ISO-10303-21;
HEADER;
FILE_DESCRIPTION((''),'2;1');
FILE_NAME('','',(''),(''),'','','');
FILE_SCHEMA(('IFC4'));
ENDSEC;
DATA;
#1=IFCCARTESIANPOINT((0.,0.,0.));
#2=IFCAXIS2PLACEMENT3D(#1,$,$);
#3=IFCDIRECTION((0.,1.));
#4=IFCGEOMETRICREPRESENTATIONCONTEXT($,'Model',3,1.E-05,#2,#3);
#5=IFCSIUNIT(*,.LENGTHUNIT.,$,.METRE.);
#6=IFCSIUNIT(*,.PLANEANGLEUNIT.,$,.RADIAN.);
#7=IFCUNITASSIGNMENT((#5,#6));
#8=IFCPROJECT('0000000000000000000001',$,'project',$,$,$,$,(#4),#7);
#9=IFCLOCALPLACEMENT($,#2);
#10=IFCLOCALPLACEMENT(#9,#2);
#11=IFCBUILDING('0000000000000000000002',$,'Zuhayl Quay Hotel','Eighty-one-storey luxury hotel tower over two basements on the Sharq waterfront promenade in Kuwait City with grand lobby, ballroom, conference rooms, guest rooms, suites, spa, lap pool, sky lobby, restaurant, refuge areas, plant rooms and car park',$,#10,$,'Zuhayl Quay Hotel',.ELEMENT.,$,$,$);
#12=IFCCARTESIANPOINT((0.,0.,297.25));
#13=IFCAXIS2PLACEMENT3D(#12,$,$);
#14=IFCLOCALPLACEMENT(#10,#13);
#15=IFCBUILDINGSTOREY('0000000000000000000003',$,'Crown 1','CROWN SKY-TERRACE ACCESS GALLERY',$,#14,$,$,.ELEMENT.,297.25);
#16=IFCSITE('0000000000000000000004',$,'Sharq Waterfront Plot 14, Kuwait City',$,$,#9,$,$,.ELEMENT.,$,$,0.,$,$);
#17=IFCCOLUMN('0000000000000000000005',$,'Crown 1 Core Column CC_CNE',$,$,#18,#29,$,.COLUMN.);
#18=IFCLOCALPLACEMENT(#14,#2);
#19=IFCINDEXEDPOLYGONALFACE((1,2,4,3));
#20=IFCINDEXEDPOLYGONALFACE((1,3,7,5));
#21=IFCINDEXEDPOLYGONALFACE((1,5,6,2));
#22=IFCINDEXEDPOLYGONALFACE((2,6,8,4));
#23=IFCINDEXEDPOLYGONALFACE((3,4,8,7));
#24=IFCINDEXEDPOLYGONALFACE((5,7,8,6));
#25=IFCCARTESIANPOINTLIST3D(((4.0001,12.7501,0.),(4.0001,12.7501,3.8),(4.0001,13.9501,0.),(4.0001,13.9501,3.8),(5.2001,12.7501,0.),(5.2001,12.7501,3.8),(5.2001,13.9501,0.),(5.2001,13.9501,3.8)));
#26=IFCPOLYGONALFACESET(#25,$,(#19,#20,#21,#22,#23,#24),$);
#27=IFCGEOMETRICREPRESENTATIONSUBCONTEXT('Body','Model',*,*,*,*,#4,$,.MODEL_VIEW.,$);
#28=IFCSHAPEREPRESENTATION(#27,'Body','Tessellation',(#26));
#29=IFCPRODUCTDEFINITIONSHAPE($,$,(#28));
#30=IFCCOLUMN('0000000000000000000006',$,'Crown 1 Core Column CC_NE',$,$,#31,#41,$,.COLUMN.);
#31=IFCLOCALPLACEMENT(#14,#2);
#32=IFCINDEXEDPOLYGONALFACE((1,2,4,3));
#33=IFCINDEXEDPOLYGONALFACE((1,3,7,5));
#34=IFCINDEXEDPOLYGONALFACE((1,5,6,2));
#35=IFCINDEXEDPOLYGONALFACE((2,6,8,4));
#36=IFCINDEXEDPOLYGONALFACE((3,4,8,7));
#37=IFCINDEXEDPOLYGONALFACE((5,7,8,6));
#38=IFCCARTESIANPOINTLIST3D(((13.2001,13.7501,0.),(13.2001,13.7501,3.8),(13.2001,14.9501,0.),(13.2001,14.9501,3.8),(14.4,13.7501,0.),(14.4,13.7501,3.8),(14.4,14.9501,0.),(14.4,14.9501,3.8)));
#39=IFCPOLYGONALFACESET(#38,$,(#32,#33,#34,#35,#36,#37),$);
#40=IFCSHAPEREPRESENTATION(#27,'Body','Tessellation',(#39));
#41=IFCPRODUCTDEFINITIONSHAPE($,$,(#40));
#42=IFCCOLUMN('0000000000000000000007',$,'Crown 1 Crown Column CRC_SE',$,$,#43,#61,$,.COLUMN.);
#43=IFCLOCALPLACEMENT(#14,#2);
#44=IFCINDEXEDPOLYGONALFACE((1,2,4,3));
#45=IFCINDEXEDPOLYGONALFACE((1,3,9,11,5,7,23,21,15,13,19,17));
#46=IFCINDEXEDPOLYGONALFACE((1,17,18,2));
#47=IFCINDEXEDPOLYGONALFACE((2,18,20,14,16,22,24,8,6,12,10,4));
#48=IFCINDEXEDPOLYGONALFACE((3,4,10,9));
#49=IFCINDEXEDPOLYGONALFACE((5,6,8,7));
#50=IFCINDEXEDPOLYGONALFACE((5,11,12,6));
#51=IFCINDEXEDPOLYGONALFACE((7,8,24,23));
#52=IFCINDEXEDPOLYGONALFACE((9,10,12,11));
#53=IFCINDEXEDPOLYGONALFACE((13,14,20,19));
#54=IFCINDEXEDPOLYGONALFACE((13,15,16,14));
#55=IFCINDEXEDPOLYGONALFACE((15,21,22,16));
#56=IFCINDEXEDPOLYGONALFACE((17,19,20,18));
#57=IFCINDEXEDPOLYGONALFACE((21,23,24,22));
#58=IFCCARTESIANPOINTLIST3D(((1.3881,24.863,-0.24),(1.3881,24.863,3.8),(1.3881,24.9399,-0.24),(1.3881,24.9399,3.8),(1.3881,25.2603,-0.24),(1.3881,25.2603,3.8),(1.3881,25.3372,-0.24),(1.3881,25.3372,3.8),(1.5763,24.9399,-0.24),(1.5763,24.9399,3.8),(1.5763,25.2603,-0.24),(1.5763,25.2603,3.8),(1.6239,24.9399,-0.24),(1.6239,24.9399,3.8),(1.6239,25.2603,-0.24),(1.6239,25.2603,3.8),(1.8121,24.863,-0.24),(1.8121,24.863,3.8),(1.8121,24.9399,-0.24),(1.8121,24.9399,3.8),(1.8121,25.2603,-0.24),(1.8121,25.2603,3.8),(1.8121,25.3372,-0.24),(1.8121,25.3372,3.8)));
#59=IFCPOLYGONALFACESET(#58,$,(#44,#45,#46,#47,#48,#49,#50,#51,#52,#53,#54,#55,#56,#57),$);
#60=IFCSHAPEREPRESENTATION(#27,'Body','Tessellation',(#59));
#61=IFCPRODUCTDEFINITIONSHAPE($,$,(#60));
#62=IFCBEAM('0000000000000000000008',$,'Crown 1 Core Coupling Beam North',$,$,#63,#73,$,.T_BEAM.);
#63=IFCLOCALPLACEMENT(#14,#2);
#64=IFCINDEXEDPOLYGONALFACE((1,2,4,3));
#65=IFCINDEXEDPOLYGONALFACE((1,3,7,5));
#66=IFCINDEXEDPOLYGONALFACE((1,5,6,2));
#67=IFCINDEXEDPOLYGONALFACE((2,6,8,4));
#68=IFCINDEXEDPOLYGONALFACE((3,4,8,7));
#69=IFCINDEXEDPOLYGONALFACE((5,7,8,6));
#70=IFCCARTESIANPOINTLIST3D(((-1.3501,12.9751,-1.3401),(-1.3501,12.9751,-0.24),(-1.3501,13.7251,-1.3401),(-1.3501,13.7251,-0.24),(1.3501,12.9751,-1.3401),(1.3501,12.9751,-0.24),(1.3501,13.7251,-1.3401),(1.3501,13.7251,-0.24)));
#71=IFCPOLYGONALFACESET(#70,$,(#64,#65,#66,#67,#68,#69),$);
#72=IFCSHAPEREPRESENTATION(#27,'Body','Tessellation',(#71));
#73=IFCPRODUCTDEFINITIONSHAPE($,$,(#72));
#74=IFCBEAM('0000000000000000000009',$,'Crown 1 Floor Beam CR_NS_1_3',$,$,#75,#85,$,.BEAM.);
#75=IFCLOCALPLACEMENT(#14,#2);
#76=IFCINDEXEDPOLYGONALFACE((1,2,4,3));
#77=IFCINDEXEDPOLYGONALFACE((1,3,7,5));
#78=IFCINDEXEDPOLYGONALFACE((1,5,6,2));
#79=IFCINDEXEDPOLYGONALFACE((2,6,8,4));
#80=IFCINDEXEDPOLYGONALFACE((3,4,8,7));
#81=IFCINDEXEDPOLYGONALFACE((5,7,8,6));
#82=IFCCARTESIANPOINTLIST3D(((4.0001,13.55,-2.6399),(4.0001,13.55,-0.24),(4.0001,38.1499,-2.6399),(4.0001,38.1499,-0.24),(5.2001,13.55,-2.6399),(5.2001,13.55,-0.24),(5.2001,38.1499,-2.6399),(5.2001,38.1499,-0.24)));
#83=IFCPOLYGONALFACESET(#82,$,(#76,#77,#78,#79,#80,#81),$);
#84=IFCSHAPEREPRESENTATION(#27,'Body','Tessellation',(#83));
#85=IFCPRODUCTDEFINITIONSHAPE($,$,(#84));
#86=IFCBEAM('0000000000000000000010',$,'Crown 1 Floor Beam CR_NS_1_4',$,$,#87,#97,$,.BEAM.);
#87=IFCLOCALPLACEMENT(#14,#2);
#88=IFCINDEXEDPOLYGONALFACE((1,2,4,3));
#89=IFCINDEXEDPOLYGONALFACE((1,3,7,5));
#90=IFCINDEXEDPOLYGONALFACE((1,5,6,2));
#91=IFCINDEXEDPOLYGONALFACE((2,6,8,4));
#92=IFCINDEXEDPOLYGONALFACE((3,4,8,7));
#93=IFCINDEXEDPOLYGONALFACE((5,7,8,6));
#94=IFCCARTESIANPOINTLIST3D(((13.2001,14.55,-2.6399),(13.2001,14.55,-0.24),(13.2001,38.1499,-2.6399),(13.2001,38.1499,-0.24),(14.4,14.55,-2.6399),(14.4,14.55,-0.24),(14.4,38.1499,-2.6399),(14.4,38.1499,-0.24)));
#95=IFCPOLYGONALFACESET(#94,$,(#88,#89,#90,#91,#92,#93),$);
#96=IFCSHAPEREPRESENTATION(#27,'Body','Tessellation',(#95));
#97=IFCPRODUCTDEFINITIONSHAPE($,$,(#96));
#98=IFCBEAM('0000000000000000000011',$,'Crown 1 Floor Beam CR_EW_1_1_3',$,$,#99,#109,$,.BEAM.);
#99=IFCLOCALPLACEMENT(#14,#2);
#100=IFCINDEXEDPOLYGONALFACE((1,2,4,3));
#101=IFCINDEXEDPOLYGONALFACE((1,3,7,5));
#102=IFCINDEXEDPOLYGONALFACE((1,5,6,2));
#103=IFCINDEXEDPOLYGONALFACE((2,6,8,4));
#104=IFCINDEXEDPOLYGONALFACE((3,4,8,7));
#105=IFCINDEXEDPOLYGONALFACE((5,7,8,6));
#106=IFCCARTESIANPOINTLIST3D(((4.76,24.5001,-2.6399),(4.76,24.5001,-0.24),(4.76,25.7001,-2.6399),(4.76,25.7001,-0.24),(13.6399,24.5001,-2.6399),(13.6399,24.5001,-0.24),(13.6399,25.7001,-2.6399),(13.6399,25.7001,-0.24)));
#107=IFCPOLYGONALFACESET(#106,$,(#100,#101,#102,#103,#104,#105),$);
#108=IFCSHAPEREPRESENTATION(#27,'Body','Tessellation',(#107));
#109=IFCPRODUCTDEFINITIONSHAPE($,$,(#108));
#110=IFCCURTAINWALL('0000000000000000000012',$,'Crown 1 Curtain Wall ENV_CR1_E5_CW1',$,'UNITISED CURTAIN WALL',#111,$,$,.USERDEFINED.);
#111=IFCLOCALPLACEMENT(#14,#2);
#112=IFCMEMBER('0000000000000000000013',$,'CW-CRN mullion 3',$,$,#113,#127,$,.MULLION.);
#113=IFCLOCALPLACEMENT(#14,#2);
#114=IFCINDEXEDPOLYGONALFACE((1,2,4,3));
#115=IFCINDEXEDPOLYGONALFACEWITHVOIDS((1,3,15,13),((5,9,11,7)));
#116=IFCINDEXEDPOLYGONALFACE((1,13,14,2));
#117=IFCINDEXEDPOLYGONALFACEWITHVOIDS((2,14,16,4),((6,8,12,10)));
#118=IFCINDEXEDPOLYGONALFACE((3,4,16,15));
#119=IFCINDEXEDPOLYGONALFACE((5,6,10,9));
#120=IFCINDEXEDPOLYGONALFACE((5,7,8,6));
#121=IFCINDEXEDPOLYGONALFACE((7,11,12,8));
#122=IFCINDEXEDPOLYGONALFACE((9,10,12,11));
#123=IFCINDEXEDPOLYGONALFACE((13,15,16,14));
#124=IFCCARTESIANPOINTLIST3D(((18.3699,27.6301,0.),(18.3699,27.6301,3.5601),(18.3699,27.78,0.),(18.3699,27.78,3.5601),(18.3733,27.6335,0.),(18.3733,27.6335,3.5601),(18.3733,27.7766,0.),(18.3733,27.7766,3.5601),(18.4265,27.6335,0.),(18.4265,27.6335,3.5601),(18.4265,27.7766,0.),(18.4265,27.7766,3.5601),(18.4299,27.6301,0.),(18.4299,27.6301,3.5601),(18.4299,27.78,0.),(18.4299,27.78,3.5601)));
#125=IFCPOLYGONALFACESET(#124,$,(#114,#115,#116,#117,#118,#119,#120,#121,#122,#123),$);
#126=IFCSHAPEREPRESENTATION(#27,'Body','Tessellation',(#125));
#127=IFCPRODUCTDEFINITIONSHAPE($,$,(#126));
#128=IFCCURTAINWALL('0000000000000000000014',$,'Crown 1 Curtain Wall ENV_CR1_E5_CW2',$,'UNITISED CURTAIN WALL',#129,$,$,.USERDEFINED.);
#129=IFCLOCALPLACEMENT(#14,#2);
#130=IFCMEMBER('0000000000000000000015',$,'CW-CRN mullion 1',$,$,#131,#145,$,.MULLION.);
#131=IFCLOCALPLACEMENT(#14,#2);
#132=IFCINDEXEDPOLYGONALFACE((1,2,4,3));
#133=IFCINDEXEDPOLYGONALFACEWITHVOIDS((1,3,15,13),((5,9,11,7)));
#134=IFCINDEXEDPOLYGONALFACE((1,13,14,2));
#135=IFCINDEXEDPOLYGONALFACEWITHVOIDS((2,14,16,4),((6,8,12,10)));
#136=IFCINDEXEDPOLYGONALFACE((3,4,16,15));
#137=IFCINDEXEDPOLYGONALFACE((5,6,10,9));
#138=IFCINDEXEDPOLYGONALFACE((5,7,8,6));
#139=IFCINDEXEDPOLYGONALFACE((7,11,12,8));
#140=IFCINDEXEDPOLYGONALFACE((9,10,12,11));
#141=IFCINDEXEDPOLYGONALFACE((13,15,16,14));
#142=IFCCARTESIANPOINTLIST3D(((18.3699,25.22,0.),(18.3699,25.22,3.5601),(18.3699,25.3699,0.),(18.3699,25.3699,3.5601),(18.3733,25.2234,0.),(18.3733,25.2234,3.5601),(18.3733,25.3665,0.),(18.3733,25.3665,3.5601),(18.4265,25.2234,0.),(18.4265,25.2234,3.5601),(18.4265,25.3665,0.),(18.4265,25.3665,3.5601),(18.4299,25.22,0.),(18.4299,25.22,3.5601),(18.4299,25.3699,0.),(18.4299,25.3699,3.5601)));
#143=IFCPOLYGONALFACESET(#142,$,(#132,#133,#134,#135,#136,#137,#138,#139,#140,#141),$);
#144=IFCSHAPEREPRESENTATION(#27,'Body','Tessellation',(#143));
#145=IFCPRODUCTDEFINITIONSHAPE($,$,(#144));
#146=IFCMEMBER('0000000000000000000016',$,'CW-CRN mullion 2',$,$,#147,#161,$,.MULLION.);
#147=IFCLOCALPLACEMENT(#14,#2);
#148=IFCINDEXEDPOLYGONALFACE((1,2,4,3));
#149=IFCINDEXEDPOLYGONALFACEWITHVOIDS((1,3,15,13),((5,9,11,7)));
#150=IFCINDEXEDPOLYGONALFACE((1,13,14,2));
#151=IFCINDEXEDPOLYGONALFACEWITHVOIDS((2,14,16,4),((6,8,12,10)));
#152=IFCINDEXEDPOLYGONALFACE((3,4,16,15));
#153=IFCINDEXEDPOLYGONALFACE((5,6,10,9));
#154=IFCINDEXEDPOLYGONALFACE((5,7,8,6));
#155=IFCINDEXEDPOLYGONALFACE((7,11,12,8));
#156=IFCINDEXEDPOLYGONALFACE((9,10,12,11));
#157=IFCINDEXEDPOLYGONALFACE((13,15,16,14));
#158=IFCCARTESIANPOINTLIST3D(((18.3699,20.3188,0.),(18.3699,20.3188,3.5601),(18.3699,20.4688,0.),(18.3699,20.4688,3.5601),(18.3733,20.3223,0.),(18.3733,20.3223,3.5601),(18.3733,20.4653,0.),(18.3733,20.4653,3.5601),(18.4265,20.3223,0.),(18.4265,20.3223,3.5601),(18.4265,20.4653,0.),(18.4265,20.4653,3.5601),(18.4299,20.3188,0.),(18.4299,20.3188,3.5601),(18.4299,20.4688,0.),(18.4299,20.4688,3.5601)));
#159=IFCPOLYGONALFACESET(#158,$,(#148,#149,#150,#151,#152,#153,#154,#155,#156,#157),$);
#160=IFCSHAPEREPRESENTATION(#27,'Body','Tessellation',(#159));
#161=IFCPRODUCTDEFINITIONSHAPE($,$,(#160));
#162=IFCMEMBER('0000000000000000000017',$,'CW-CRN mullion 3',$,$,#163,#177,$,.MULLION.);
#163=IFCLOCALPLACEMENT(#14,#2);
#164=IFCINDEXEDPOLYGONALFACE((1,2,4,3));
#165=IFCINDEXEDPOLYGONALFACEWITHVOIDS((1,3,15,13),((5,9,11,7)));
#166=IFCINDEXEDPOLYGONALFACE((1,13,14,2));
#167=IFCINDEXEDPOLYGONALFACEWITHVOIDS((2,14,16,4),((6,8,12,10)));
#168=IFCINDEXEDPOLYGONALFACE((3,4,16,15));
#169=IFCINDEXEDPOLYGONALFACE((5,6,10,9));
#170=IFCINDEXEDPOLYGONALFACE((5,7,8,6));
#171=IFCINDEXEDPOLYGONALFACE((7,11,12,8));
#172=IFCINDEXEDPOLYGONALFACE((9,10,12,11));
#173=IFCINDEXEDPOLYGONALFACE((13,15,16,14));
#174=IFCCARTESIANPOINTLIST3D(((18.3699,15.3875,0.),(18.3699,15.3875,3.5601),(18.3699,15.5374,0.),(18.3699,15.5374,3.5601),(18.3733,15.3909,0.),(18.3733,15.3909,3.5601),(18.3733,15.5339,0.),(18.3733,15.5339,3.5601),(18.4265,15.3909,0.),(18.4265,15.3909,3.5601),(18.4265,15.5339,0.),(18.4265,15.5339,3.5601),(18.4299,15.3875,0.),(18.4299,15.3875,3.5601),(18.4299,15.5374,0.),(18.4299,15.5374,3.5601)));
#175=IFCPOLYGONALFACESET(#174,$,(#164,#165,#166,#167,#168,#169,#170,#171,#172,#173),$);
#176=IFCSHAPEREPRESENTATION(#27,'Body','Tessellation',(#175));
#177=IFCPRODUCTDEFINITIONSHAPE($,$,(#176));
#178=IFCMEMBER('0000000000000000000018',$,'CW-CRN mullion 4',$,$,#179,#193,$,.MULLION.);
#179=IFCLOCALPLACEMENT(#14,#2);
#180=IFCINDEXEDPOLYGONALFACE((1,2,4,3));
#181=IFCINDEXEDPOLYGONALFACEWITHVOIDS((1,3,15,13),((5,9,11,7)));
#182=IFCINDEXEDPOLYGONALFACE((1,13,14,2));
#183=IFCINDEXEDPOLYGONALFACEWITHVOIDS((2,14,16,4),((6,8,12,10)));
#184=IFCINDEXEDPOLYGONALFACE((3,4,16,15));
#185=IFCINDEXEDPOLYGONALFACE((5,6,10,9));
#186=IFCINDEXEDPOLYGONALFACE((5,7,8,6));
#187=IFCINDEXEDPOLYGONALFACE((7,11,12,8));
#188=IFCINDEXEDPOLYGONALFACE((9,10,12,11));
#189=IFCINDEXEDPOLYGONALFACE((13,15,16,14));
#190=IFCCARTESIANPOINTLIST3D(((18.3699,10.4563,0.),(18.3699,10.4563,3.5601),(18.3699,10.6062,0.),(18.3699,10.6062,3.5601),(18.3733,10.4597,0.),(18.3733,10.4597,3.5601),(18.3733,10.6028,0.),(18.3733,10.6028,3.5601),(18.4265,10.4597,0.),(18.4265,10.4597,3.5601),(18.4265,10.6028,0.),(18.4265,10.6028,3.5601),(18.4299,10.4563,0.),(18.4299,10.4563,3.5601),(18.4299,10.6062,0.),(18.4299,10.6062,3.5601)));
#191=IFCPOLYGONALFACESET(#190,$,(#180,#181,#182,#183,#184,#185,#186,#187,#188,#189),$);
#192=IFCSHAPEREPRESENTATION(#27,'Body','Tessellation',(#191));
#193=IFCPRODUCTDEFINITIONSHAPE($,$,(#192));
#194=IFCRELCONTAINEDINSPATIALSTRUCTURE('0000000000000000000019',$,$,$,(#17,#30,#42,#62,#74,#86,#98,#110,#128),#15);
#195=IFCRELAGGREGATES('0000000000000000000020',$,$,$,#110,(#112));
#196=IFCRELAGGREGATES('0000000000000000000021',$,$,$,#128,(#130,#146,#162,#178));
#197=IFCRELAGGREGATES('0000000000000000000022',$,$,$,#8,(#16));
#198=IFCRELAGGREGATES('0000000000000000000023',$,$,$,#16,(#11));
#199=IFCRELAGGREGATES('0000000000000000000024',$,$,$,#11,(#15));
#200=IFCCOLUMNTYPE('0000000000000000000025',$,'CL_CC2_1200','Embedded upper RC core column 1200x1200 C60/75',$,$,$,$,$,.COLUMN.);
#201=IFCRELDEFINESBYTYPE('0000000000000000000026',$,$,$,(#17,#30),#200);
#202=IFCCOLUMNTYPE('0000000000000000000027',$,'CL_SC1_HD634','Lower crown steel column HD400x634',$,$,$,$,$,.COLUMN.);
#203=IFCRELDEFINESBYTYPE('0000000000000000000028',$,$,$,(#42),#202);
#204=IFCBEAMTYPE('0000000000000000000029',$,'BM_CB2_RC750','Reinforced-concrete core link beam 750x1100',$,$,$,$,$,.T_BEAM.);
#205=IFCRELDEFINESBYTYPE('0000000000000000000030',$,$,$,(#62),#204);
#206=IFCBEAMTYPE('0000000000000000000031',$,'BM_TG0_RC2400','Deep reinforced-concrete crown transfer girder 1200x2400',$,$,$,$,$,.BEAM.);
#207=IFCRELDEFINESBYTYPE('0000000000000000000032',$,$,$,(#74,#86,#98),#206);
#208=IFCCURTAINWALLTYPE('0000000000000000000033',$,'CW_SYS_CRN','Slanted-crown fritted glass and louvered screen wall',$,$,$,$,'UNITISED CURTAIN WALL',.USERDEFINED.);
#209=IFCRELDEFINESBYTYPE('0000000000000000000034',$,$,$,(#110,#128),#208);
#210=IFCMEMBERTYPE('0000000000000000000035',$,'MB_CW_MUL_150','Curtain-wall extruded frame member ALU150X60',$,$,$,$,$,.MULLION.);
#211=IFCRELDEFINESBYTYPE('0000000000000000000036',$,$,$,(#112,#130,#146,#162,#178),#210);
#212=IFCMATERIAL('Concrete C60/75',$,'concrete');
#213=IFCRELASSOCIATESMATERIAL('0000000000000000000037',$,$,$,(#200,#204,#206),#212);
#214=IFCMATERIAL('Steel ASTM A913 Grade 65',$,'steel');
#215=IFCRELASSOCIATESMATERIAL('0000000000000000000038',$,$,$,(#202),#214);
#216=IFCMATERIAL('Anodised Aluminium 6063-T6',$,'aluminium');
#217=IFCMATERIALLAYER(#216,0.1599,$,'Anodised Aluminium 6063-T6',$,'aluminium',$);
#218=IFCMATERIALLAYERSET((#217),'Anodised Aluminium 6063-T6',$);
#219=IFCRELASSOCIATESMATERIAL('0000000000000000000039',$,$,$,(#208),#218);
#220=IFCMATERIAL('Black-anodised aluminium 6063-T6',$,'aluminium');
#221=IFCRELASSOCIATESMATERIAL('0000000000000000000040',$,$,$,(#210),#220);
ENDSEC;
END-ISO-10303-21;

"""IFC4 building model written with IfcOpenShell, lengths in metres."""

from ifc_helpers import new_model, si_unit, direction, frame, origin, origin_2d, place, context, subcontext, project, spatial, rectangle, hollow_rectangle, i_section, extrude, material, layer, layer_set, material_profile, profile_set, type_object, element, aggregate, save


model = new_model("IFC4")

# Units and contexts
model_context = context("Model", 3, precision=1e-05, world=origin(), true_north=direction((0.0, 1.0)))
body_context = subcontext(model_context, "Body", "Model", "MODEL_VIEW")
ifc_project = project(units=[si_unit("LENGTHUNIT", "METRE"), si_unit("PLANEANGLEUNIT", "RADIAN")], contexts=[model_context])

# Site, building, storey
site_placement = place(None, origin())
site = spatial("IfcSite", under=ifc_project, at=site_placement, Name="Sharq Waterfront Plot 14, Kuwait City", CompositionType="ELEMENT", RefElevation=0.0)
building_placement = place(site_placement, origin())
building = spatial("IfcBuilding", under=site, at=building_placement, Name="Zuhayl Quay Hotel", Description="Eighty-one-storey luxury hotel tower over two basements on the Sharq waterfront promenade in Kuwait City with grand lobby, ballroom, conference rooms, guest rooms, suites, spa, lap pool, sky lobby, restaurant, refuge areas, plant rooms and car park", LongName="Zuhayl Quay Hotel", CompositionType="ELEMENT")
storey_placement = place(building_placement, frame((0.0, 0.0, 297.25)))
storey = spatial("IfcBuildingStorey", under=building, at=storey_placement, Name="Crown 1", Description="CROWN SKY-TERRACE ACCESS GALLERY", CompositionType="ELEMENT", Elevation=297.25)

# Columns
ifc_material_1 = material(Name="Concrete C60/75", Category="concrete")
ifc_material_profile_1 = material_profile(ifc_material_1, rectangle(XDim=1.2, YDim=1.2, at=origin_2d()), Name="RC1200X1200")
ifc_profile_set_1 = profile_set([ifc_material_profile_1], Name="Concrete C60/75")
column_type_1 = type_object("IfcColumnType", Name="CL_CC2_1200", Description="Embedded upper RC core column 1200x1200 C60/75", PredefinedType="COLUMN", material=ifc_profile_set_1)
for number, where, z_axis, x_axis, name in (
    (1, (4.6001, 13.3501, 0.0), (0.0, 0.0, 1.0), (1.0, 0.0, 0.0), "Crown 1 Core Column CC_CNE"),
    (2, (13.8, 14.3501, 0.0), (0.0, 0.0, 1.0), (1.0, 0.0, 0.0), "Crown 1 Core Column CC_NE"),
):
    element("IfcColumn", number, at=place(storey_placement, frame(where, z_axis=z_axis, x_axis=x_axis)), inside=storey, type_object=column_type_1, Name=name, PredefinedType="COLUMN", context=body_context, shape_type="SweptSolid", body=[
        extrude(rectangle(XDim=1.2, YDim=1.2, at=origin_2d()), origin(), (0.0, 0.0, 1.0), 3.8),
    ])
ifc_material_2 = material(Name="Steel ASTM A913 Grade 65", Category="steel")
ifc_material_profile_2 = material_profile(ifc_material_2, i_section(OverallWidth=0.4241, OverallDepth=0.4741, WebThickness=0.0476, FlangeThickness=0.0769, at=origin_2d()), Name="HD400X634")
ifc_profile_set_2 = profile_set([ifc_material_profile_2], Name="Steel ASTM A913 Grade 65")
column_type_2 = type_object("IfcColumnType", Name="CL_SC1_HD634", Description="Lower crown steel column HD400x634", PredefinedType="COLUMN", material=ifc_profile_set_2)
column_placement = place(storey_placement, frame((1.6001, 25.1001, -0.24), z_axis=(0.0, 0.0, 1.0), x_axis=(1.0, 0.0, 0.0)))
element("IfcColumn", 3, at=column_placement, inside=storey, type_object=column_type_2, Name="Crown 1 Crown Column CRC_SE", PredefinedType="COLUMN", context=body_context, shape_type="SweptSolid", body=[
    extrude(i_section(OverallWidth=0.4241, OverallDepth=0.4741, WebThickness=0.0476, FlangeThickness=0.0769, at=origin_2d()), origin(), (0.0, 0.0, 1.0), 4.04),
])

# Beams
ifc_material_profile_3 = material_profile(ifc_material_1, rectangle(XDim=0.75, YDim=1.1001, at=origin_2d()), Name="RC750X1100")
ifc_profile_set_3 = profile_set([ifc_material_profile_3], Name="Concrete C60/75")
beam_type_1 = type_object("IfcBeamType", Name="BM_CB2_RC750", Description="Reinforced-concrete core link beam 750x1100", PredefinedType="T_BEAM", material=ifc_profile_set_3)
beam_1_placement = place(storey_placement, frame((-1.3501, 13.3501, -0.79), z_axis=(1.0, 0.0, 0.0), x_axis=(0.0, 1.0, 0.0)))
element("IfcBeam", 4, at=beam_1_placement, inside=storey, type_object=beam_type_1, Name="Crown 1 Core Coupling Beam North", PredefinedType="T_BEAM", context=body_context, shape_type="SweptSolid", body=[
    extrude(rectangle(XDim=0.75, YDim=1.1001, at=origin_2d()), origin(), (0.0, 0.0, 1.0), 2.7002),
])
ifc_material_profile_4 = material_profile(ifc_material_1, rectangle(XDim=1.2, YDim=2.3999, at=origin_2d()), Name="RC1200X2400")
ifc_profile_set_4 = profile_set([ifc_material_profile_4], Name="Concrete C60/75")
beam_type_2 = type_object("IfcBeamType", Name="BM_TG0_RC2400", Description="Deep reinforced-concrete crown transfer girder 1200x2400", PredefinedType="BEAM", material=ifc_profile_set_4)
beam_2_placement = place(storey_placement, frame((4.6001, 13.55, -1.4399), z_axis=(0.0, 1.0, 0.0), x_axis=(-1.0, 0.0, 0.0)))
element("IfcBeam", 5, at=beam_2_placement, inside=storey, type_object=beam_type_2, Name="Crown 1 Floor Beam CR_NS_1_3", PredefinedType="BEAM", context=body_context, shape_type="SweptSolid", body=[
    extrude(rectangle(XDim=1.2, YDim=2.3999, at=origin_2d()), origin(), (0.0, 0.0, 1.0), 24.5999),
])
beam_3_placement = place(storey_placement, frame((13.8, 14.55, -1.4399), z_axis=(0.0, 1.0, 0.0), x_axis=(-1.0, 0.0, 0.0)))
element("IfcBeam", 6, at=beam_3_placement, inside=storey, type_object=beam_type_2, Name="Crown 1 Floor Beam CR_NS_1_4", PredefinedType="BEAM", context=body_context, shape_type="SweptSolid", body=[
    extrude(rectangle(XDim=1.2, YDim=2.3999, at=origin_2d()), origin(), (0.0, 0.0, 1.0), 23.5999),
])
beam_4_placement = place(storey_placement, frame((4.76, 25.1001, -1.4399), z_axis=(1.0, 0.0, 0.0), x_axis=(0.0, 1.0, 0.0)))
element("IfcBeam", 7, at=beam_4_placement, inside=storey, type_object=beam_type_2, Name="Crown 1 Floor Beam CR_EW_1_1_3", PredefinedType="BEAM", context=body_context, shape_type="SweptSolid", body=[
    extrude(rectangle(XDim=1.2, YDim=2.3999, at=origin_2d()), origin(), (0.0, 0.0, 1.0), 8.8799),
])

# Curtain wall, member
ifc_material_3 = material(Name="Anodised Aluminium 6063-T6", Category="aluminium")
ifc_layer_1 = layer(ifc_material_3, 0.1599, Name="Anodised Aluminium 6063-T6", Category="aluminium")
ifc_layer_set_1 = layer_set([ifc_layer_1], Name="Anodised Aluminium 6063-T6")
curtain_wall_type = type_object("IfcCurtainWallType", Name="CW_SYS_CRN", Description="Slanted-crown fritted glass and louvered screen wall", ElementType="UNITISED CURTAIN WALL", PredefinedType="USERDEFINED", material=ifc_layer_set_1)
curtain_wall_1_placement = place(storey_placement, origin())
curtain_wall_1 = element("IfcCurtainWall", 8, at=curtain_wall_1_placement, inside=storey, type_object=curtain_wall_type, Name="Crown 1 Curtain Wall ENV_CR1_E5_CW1", ObjectType="UNITISED CURTAIN WALL", PredefinedType="USERDEFINED")
ifc_material_4 = material(Name="Black-anodised aluminium 6063-T6", Category="aluminium")
ifc_material_profile_5 = material_profile(ifc_material_4, hollow_rectangle(XDim=0.0601, YDim=0.1499, WallThickness=0.0034, at=origin_2d()), Name="ALU150X60")
ifc_profile_set_5 = profile_set([ifc_material_profile_5], Name="Black-anodised aluminium 6063-T6")
member_type_1 = type_object("IfcMemberType", Name="MB_CW_MUL_150", Description="Curtain-wall extruded frame member ALU150X60", PredefinedType="MULLION", material=ifc_profile_set_5)
member_1_placement = place(storey_placement, frame((18.3999, 27.7051, 0.0), z_axis=(0.0, 0.0, 1.0), x_axis=(1.0, 0.0, 0.0)))
member_1 = element("IfcMember", 9, at=member_1_placement, type_object=member_type_1, Name="CW-CRN mullion 3", PredefinedType="MULLION", context=body_context, shape_type="SweptSolid", body=[
    extrude(hollow_rectangle(XDim=0.0601, YDim=0.1499, WallThickness=0.0034, at=origin_2d()), origin(), (0.0, 0.0, 1.0), 3.5601),
])
aggregate(curtain_wall_1, [member_1])

# Curtain wall, members
curtain_wall_2_placement = place(storey_placement, origin())
curtain_wall_2 = element("IfcCurtainWall", 10, at=curtain_wall_2_placement, inside=storey, type_object=curtain_wall_type, Name="Crown 1 Curtain Wall ENV_CR1_E5_CW2", ObjectType="UNITISED CURTAIN WALL", PredefinedType="USERDEFINED")
member_2_placement = place(storey_placement, frame((18.3999, 25.2949, 0.0), z_axis=(0.0, 0.0, 1.0), x_axis=(1.0, 0.0, 0.0)))
member_2 = element("IfcMember", 11, at=member_2_placement, type_object=member_type_1, Name="CW-CRN mullion 1", PredefinedType="MULLION", context=body_context, shape_type="SweptSolid", body=[
    extrude(hollow_rectangle(XDim=0.0601, YDim=0.1499, WallThickness=0.0034, at=origin_2d()), origin(), (0.0, 0.0, 1.0), 3.5601),
])
member_3_placement = place(storey_placement, frame((18.3999, 20.3938, 0.0), z_axis=(0.0, 0.0, 1.0), x_axis=(1.0, 0.0, 0.0)))
member_3 = element("IfcMember", 12, at=member_3_placement, type_object=member_type_1, Name="CW-CRN mullion 2", PredefinedType="MULLION", context=body_context, shape_type="SweptSolid", body=[
    extrude(hollow_rectangle(XDim=0.0601, YDim=0.1499, WallThickness=0.0034, at=origin_2d()), origin(), (0.0, 0.0, 1.0), 3.5601),
])
member_4_placement = place(storey_placement, frame((18.3999, 15.4624, 0.0), z_axis=(0.0, 0.0, 1.0), x_axis=(1.0, 0.0, 0.0)))
member_4 = element("IfcMember", 13, at=member_4_placement, type_object=member_type_1, Name="CW-CRN mullion 3", PredefinedType="MULLION", context=body_context, shape_type="SweptSolid", body=[
    extrude(hollow_rectangle(XDim=0.0601, YDim=0.1499, WallThickness=0.0034, at=origin_2d()), origin(), (0.0, 0.0, 1.0), 3.5601),
])
member_5_placement = place(storey_placement, frame((18.3999, 10.5312, 0.0), z_axis=(0.0, 0.0, 1.0), x_axis=(1.0, 0.0, 0.0)))
member_5 = element("IfcMember", 14, at=member_5_placement, type_object=member_type_1, Name="CW-CRN mullion 4", PredefinedType="MULLION", context=body_context, shape_type="SweptSolid", body=[
    extrude(hollow_rectangle(XDim=0.0601, YDim=0.1499, WallThickness=0.0034, at=origin_2d()), origin(), (0.0, 0.0, 1.0), 3.5601),
])
aggregate(curtain_wall_2, [member_2, member_3, member_4, member_5])

save(model, "model.ifc")
